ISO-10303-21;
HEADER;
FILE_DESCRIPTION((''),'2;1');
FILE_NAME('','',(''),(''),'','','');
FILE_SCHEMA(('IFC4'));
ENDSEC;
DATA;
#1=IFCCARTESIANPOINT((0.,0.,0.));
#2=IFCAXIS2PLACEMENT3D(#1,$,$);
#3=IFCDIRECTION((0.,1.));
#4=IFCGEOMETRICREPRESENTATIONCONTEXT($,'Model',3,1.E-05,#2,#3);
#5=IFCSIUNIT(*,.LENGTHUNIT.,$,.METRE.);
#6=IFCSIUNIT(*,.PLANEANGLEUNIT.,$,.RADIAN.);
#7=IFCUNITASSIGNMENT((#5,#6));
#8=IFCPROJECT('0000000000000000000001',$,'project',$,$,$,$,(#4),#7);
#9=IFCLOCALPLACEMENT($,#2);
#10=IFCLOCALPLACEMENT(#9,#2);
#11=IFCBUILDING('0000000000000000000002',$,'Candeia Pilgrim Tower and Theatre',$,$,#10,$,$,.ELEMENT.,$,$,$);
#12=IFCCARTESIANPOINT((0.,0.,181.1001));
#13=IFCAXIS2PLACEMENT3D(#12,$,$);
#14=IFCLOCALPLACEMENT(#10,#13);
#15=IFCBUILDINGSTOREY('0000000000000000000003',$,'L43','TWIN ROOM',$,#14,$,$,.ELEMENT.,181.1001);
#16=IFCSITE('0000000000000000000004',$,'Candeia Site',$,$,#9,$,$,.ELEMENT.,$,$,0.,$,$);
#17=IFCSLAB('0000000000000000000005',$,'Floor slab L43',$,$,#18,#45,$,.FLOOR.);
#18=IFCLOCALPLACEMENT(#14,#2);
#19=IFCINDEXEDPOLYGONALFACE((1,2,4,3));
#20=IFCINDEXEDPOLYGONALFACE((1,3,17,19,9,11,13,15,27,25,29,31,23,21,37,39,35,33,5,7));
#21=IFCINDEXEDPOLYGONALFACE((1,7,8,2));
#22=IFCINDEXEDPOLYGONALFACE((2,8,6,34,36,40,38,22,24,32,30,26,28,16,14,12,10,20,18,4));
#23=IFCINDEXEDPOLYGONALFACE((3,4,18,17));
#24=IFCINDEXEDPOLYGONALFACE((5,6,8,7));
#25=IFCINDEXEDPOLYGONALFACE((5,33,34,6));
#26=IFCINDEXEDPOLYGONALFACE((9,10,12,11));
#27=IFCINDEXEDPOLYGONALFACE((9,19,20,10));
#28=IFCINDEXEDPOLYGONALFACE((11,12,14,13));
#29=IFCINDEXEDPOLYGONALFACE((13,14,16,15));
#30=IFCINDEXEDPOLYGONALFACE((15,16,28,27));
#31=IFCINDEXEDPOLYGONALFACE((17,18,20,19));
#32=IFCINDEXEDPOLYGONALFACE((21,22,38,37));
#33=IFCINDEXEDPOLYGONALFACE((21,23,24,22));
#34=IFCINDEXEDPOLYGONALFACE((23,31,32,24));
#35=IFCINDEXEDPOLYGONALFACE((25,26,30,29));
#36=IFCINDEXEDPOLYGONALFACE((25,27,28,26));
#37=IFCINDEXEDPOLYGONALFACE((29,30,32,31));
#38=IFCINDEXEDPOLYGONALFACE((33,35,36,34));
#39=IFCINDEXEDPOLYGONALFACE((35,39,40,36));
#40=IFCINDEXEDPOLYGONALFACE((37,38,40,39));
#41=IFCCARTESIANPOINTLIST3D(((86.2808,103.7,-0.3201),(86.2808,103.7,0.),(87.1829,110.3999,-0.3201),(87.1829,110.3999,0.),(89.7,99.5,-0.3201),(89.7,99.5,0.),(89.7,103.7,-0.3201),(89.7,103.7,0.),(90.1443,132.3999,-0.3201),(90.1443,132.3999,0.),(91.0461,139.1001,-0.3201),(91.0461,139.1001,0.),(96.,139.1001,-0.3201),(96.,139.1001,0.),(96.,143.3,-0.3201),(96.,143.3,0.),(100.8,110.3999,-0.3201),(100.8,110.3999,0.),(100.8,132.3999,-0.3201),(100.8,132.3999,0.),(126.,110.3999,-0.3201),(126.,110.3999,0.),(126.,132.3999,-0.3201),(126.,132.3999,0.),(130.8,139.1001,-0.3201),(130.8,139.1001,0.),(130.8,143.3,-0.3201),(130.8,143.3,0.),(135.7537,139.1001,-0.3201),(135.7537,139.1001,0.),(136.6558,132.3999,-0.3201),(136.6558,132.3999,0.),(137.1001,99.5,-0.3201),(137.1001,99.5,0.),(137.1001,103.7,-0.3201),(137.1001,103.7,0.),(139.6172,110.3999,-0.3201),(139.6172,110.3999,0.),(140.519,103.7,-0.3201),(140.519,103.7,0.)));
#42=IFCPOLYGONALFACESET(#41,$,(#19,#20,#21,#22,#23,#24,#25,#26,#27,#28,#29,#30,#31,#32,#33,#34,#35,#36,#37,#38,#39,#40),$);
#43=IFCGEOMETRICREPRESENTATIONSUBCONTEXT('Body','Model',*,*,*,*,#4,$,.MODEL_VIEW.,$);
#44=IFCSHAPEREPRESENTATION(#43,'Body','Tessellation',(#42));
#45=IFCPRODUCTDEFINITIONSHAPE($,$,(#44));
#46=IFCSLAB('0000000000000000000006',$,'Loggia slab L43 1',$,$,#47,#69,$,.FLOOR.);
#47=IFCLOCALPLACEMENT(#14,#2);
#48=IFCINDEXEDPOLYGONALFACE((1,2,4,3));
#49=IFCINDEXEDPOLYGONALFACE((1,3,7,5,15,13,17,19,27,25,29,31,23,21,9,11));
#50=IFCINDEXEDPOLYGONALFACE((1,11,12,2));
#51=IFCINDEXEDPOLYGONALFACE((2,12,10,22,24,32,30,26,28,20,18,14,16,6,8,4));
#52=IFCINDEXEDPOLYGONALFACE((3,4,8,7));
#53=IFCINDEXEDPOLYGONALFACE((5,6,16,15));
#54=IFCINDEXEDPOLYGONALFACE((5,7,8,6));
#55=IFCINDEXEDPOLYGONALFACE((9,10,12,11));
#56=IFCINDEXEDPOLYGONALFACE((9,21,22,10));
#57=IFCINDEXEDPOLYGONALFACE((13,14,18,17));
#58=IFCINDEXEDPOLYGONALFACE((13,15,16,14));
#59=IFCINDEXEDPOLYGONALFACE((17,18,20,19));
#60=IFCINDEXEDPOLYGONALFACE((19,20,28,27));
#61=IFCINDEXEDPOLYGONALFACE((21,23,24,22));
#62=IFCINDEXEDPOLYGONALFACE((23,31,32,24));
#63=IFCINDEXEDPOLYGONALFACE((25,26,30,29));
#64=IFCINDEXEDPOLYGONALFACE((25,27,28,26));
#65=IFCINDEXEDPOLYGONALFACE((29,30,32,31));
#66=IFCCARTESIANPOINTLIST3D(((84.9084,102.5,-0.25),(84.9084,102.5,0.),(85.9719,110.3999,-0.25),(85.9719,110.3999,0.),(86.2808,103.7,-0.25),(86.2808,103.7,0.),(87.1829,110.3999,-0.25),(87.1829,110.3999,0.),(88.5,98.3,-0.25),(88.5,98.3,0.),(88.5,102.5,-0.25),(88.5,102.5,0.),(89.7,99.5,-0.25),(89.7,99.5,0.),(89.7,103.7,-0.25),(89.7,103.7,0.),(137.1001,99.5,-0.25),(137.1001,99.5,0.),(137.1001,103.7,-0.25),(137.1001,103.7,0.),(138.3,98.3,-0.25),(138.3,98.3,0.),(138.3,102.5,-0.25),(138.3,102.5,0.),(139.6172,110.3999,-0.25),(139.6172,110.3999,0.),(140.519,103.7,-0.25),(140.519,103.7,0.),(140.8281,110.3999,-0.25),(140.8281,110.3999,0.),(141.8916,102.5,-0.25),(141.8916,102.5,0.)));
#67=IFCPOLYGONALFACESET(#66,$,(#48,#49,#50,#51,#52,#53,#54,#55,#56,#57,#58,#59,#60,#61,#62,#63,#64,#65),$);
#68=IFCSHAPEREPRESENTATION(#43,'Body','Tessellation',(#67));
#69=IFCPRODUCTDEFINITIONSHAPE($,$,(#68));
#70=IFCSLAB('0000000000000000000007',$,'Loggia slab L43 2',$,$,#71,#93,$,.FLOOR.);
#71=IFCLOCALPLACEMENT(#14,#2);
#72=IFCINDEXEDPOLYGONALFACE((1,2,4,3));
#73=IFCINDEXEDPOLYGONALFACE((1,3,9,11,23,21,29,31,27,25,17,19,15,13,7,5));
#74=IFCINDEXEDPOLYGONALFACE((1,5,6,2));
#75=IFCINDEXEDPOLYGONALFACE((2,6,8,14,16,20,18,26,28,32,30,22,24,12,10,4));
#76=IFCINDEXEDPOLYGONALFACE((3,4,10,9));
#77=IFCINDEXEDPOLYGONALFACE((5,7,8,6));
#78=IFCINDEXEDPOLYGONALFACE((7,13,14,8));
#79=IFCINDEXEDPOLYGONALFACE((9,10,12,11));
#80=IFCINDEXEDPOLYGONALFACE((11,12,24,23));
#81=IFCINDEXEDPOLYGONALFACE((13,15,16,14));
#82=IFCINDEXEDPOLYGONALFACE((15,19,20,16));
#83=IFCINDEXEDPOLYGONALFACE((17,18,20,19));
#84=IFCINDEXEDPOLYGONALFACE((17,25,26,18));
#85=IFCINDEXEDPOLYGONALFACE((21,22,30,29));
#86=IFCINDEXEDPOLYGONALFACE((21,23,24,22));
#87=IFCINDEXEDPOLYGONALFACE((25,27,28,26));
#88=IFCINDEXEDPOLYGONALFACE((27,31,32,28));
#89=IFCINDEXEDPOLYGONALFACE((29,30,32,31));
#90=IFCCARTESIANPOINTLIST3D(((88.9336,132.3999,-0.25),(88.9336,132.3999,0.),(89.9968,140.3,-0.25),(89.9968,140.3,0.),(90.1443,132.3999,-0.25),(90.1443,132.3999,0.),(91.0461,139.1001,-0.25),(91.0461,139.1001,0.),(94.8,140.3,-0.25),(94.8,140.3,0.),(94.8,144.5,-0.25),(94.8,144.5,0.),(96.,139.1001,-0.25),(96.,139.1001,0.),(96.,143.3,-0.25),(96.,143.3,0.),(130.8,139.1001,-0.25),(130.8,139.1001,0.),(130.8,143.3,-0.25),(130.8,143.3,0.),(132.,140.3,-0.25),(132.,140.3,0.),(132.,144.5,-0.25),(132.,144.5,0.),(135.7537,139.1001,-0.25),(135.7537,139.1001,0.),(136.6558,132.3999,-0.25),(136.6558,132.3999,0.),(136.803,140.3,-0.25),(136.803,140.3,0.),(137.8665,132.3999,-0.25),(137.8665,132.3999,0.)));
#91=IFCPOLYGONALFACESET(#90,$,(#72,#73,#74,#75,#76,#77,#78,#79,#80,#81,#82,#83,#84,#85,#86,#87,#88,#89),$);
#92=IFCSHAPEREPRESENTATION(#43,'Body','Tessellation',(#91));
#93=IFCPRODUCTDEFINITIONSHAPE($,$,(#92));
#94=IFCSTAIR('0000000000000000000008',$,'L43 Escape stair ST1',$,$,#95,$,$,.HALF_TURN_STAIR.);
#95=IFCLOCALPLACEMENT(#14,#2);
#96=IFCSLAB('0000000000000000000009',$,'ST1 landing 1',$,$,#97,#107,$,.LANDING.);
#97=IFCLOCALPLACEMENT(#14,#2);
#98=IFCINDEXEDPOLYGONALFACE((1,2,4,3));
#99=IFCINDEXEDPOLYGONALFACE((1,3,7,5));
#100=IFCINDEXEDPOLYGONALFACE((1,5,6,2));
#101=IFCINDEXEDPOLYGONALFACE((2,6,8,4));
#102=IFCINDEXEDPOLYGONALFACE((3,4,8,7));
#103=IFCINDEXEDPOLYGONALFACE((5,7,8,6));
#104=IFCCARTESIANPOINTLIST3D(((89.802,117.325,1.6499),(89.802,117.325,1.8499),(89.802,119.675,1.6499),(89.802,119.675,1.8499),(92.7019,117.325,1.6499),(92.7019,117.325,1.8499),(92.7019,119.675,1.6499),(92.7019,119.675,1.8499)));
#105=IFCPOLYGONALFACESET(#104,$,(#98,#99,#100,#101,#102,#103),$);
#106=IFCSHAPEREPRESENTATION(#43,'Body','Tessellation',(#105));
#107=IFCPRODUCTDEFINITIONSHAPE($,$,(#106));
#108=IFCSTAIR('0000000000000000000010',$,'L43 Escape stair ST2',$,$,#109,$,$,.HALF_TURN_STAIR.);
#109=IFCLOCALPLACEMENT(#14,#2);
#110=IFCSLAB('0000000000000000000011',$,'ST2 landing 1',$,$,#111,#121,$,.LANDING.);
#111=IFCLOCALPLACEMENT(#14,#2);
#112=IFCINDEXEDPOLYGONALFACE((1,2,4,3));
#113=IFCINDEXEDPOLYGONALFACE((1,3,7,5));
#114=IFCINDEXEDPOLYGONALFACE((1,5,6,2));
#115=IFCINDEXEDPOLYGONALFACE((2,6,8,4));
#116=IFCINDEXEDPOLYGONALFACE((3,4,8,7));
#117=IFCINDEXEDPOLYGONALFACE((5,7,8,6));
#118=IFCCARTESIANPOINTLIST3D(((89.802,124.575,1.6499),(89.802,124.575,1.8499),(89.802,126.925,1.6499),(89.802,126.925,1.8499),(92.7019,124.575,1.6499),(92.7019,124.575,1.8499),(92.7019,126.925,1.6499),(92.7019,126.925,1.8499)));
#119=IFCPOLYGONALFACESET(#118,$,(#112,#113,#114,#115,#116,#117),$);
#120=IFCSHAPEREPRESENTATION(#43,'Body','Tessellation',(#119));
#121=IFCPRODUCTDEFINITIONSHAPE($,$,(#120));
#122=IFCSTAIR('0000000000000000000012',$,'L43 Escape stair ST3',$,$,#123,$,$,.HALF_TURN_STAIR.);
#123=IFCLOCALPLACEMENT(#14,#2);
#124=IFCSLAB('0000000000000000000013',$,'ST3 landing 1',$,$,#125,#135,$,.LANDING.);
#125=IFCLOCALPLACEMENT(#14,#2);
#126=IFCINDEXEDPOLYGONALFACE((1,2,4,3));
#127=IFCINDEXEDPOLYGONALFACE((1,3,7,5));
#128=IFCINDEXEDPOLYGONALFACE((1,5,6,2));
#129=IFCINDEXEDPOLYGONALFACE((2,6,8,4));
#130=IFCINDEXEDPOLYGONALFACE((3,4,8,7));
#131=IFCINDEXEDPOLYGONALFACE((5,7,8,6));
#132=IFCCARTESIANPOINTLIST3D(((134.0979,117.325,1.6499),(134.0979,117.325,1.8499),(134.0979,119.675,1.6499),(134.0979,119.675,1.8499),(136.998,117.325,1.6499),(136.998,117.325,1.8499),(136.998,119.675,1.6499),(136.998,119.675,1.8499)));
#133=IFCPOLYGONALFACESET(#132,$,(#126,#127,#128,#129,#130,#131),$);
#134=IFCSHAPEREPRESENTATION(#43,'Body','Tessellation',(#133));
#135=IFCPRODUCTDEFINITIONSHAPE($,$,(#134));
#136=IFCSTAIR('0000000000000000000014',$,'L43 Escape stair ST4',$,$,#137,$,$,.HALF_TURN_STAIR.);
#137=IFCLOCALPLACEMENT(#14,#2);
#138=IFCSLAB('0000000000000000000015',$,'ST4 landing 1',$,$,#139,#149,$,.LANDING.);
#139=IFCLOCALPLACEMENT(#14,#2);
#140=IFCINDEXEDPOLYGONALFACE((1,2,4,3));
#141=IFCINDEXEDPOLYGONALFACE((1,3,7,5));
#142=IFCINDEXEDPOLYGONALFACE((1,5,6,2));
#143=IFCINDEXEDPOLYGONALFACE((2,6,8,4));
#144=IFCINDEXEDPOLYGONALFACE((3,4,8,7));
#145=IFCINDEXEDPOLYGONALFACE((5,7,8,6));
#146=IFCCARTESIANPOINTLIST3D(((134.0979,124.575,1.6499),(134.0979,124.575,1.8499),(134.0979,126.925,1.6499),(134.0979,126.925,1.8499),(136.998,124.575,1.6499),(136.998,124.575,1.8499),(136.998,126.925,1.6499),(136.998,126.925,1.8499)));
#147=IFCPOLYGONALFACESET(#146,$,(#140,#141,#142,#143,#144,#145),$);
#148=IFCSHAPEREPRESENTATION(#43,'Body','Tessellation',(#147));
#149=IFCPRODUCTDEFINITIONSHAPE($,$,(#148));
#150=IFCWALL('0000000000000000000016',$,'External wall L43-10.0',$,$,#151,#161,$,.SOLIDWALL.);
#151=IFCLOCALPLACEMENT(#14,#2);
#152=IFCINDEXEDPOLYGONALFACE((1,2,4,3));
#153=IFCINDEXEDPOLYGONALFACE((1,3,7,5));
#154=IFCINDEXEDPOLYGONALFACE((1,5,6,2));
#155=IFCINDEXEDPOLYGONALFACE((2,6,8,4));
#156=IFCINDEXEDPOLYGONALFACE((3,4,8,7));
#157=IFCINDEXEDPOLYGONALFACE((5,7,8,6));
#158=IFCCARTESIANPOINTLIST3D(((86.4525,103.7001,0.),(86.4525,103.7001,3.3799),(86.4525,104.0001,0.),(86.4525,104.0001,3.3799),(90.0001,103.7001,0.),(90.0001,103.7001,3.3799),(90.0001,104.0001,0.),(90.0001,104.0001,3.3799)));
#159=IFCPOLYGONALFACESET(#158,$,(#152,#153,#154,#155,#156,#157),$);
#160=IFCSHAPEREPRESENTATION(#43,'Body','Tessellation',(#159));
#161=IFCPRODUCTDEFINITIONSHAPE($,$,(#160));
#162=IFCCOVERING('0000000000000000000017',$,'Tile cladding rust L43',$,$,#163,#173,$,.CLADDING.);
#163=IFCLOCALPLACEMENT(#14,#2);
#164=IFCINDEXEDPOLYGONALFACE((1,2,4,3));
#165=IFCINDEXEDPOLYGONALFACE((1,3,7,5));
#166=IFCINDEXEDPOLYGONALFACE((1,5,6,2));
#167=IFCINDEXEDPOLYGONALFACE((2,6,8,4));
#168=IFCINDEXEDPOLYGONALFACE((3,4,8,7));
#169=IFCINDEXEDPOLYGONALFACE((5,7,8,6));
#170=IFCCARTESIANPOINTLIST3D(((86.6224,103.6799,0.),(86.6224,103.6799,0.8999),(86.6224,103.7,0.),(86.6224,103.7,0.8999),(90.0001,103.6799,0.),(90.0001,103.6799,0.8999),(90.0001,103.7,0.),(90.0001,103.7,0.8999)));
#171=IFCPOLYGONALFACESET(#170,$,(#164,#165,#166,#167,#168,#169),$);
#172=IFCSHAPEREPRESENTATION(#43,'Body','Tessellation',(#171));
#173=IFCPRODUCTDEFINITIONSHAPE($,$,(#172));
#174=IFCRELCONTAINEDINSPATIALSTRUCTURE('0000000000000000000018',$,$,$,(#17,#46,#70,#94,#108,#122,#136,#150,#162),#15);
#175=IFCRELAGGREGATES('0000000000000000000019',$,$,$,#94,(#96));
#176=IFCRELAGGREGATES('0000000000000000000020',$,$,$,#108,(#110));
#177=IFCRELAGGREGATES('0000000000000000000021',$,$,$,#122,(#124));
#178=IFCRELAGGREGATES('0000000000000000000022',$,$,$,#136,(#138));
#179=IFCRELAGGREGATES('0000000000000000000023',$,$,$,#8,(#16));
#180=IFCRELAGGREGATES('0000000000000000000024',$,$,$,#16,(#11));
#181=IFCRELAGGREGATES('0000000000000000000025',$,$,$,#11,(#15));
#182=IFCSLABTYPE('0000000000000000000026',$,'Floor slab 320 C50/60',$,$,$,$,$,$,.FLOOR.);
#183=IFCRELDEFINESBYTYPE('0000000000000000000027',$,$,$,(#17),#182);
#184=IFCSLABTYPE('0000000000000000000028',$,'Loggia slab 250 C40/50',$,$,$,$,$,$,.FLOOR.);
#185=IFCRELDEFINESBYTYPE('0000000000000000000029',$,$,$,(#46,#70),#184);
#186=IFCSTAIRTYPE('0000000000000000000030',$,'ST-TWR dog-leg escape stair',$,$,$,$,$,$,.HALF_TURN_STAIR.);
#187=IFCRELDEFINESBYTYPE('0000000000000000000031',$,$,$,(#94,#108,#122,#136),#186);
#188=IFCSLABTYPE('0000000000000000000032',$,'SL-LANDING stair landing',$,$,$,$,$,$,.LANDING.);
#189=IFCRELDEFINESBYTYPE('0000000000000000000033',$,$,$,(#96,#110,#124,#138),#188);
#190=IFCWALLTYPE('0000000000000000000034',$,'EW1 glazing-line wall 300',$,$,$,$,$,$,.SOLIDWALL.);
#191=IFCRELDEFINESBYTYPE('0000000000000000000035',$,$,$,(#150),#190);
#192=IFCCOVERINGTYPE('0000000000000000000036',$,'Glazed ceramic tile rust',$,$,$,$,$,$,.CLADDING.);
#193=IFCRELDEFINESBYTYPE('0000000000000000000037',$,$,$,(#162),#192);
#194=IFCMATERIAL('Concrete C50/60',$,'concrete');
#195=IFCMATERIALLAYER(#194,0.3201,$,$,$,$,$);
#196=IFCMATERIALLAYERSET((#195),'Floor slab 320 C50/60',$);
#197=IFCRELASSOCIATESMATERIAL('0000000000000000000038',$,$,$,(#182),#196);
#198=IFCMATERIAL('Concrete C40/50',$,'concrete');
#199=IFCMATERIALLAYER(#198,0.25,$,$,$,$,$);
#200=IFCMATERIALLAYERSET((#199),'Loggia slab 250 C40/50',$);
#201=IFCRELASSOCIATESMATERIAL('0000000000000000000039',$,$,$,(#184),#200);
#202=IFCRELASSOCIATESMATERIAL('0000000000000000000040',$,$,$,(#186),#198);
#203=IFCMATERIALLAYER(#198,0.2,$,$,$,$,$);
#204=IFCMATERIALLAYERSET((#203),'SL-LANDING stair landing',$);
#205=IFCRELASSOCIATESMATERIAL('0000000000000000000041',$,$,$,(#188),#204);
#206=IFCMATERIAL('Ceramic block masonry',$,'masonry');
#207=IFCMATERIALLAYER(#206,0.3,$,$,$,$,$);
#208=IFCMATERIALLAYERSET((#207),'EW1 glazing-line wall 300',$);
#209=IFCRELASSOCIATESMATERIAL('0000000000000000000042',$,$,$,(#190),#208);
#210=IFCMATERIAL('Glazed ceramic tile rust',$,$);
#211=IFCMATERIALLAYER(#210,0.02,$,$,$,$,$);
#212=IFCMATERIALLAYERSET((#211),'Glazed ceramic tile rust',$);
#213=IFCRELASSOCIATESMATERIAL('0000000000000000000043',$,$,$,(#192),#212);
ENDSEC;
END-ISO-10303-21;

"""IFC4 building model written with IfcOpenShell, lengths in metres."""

from ifc_helpers import new_model, si_unit, direction, frame, frame_2d, origin, origin_2d, place, context, subcontext, project, spatial, polyline, rectangle, outline, extrude, material, layer, layer_set, type_object, element, aggregate, save


model = new_model("IFC4")

# Units and contexts
model_context = context("Model", 3, precision=1e-05, world=origin(), true_north=direction((0.0, 1.0)))
body_context = subcontext(model_context, "Body", "Model", "MODEL_VIEW")
ifc_project = project(units=[si_unit("LENGTHUNIT", "METRE"), si_unit("PLANEANGLEUNIT", "RADIAN")], contexts=[model_context])

# Site, building, storey
site_placement = place(None, origin())
site = spatial("IfcSite", under=ifc_project, at=site_placement, Name="Candeia Site", CompositionType="ELEMENT", RefElevation=0.0)
building_placement = place(site_placement, origin())
building = spatial("IfcBuilding", under=site, at=building_placement, Name="Candeia Pilgrim Tower and Theatre", CompositionType="ELEMENT")
storey_placement = place(building_placement, frame((0.0, 0.0, 181.1001)))
storey = spatial("IfcBuildingStorey", under=building, at=storey_placement, Name="L43", Description="TWIN ROOM", CompositionType="ELEMENT", Elevation=181.1001)

# Slabs
ifc_material_1 = material(Name="Concrete C40/50", Category="concrete")
ifc_material_2 = material(Name="Concrete C50/60", Category="concrete")
ifc_layer_1 = layer(ifc_material_2, 0.3201)
ifc_layer_set_1 = layer_set([ifc_layer_1], Name="Floor slab 320 C50/60")
slab_type_1 = type_object("IfcSlabType", Name="Floor slab 320 C50/60", PredefinedType="FLOOR", material=ifc_layer_set_1)
slab_1_placement = place(storey_placement, frame((0.0, 0.0, -0.3201)))
element("IfcSlab", 1, at=slab_1_placement, inside=storey, type_object=slab_type_1, Name="Floor slab L43", PredefinedType="FLOOR", context=body_context, shape_type="SweptSolid", body=[
    extrude(outline(polyline([(96.0, 139.1001), (96.0, 143.3), (130.8, 143.3), (130.8, 139.1001), (135.7537, 139.1001), (136.6558, 132.3999), (126.0, 132.3999), (126.0, 110.3999), (139.6172, 110.3999), (140.519, 103.7), (137.1001, 103.7), (137.1001, 99.5), (89.7, 99.5), (89.7, 103.7), (86.2808, 103.7), (87.1829, 110.3999), (100.8, 110.3999), (100.8, 132.3999), (90.1443, 132.3999), (91.0461, 139.1001), (96.0, 139.1001)])), origin(), (0.0, 0.0, 1.0), 0.3201),
])
ifc_layer_2 = layer(ifc_material_1, 0.25)
ifc_layer_set_2 = layer_set([ifc_layer_2], Name="Loggia slab 250 C40/50")
slab_type_2 = type_object("IfcSlabType", Name="Loggia slab 250 C40/50", PredefinedType="FLOOR", material=ifc_layer_set_2)
slab_2_placement = place(storey_placement, frame((0.0, 0.0, -0.25)))
element("IfcSlab", 2, at=slab_2_placement, inside=storey, type_object=slab_type_2, Name="Loggia slab L43 1", PredefinedType="FLOOR", context=body_context, shape_type="SweptSolid", body=[
    extrude(outline(polyline([(87.1829, 110.3999), (86.2808, 103.7), (89.7, 103.7), (89.7, 99.5), (137.1001, 99.5), (137.1001, 103.7), (140.519, 103.7), (139.6172, 110.3999), (140.8281, 110.3999), (141.8916, 102.5), (138.3, 102.5), (138.3, 98.3), (88.5, 98.3), (88.5, 102.5), (84.9084, 102.5), (85.9719, 110.3999), (87.1829, 110.3999)])), origin(), (0.0, 0.0, 1.0), 0.25),
])
slab_3_placement = place(storey_placement, frame((0.0, 0.0, -0.25)))
element("IfcSlab", 3, at=slab_3_placement, inside=storey, type_object=slab_type_2, Name="Loggia slab L43 2", PredefinedType="FLOOR", context=body_context, shape_type="SweptSolid", body=[
    extrude(outline(polyline([(136.6558, 132.3999), (135.7537, 139.1001), (130.8, 139.1001), (130.8, 143.3), (96.0, 143.3), (96.0, 139.1001), (91.0461, 139.1001), (90.1443, 132.3999), (88.9336, 132.3999), (89.9968, 140.3), (94.8, 140.3), (94.8, 144.5), (132.0, 144.5), (132.0, 140.3), (136.803, 140.3), (137.8665, 132.3999), (136.6558, 132.3999)])), origin(), (0.0, 0.0, 1.0), 0.25),
])

# Stairs, slabs
stair_type = type_object("IfcStairType", Name="ST-TWR dog-leg escape stair", PredefinedType="HALF_TURN_STAIR", material=ifc_material_1)
stair_1_placement = place(storey_placement, origin())
stair_1 = element("IfcStair", 4, at=stair_1_placement, inside=storey, type_object=stair_type, Name="L43 Escape stair ST1", PredefinedType="HALF_TURN_STAIR")
ifc_layer_3 = layer(ifc_material_1, 0.2)
ifc_layer_set_3 = layer_set([ifc_layer_3], Name="SL-LANDING stair landing")
slab_type_3 = type_object("IfcSlabType", Name="SL-LANDING stair landing", PredefinedType="LANDING", material=ifc_layer_set_3)
slab_4_placement = place(storey_placement, frame((0.0, 0.0, 1.6499)))
slab_4 = element("IfcSlab", 5, at=slab_4_placement, type_object=slab_type_3, Name="ST1 landing 1", PredefinedType="LANDING", context=body_context, shape_type="SweptSolid", body=[
    extrude(outline(polyline([(89.802, 119.675), (89.802, 117.325), (92.7019, 117.325), (92.7019, 119.675), (89.802, 119.675)])), origin(), (0.0, 0.0, 1.0), 0.2),
])
aggregate(stair_1, [slab_4])
stair_2_placement = place(storey_placement, origin())
stair_2 = element("IfcStair", 6, at=stair_2_placement, inside=storey, type_object=stair_type, Name="L43 Escape stair ST2", PredefinedType="HALF_TURN_STAIR")
slab_5_placement = place(storey_placement, frame((0.0, 0.0, 1.6499)))
slab_5 = element("IfcSlab", 7, at=slab_5_placement, type_object=slab_type_3, Name="ST2 landing 1", PredefinedType="LANDING", context=body_context, shape_type="SweptSolid", body=[
    extrude(outline(polyline([(89.802, 126.925), (89.802, 124.575), (92.7019, 124.575), (92.7019, 126.925), (89.802, 126.925)])), origin(), (0.0, 0.0, 1.0), 0.2),
])
aggregate(stair_2, [slab_5])
stair_3_placement = place(storey_placement, origin())
stair_3 = element("IfcStair", 8, at=stair_3_placement, inside=storey, type_object=stair_type, Name="L43 Escape stair ST3", PredefinedType="HALF_TURN_STAIR")
slab_6_placement = place(storey_placement, frame((0.0, 0.0, 1.6499)))
slab_6 = element("IfcSlab", 9, at=slab_6_placement, type_object=slab_type_3, Name="ST3 landing 1", PredefinedType="LANDING", context=body_context, shape_type="SweptSolid", body=[
    extrude(outline(polyline([(134.0979, 119.675), (134.0979, 117.325), (136.998, 117.325), (136.998, 119.675), (134.0979, 119.675)])), origin(), (0.0, 0.0, 1.0), 0.2),
])
aggregate(stair_3, [slab_6])
stair_4_placement = place(storey_placement, origin())
stair_4 = element("IfcStair", 10, at=stair_4_placement, inside=storey, type_object=stair_type, Name="L43 Escape stair ST4", PredefinedType="HALF_TURN_STAIR")
slab_7_placement = place(storey_placement, frame((0.0, 0.0, 1.6499)))
slab_7 = element("IfcSlab", 11, at=slab_7_placement, type_object=slab_type_3, Name="ST4 landing 1", PredefinedType="LANDING", context=body_context, shape_type="SweptSolid", body=[
    extrude(outline(polyline([(134.0979, 126.925), (134.0979, 124.575), (136.998, 124.575), (136.998, 126.925), (134.0979, 126.925)])), origin(), (0.0, 0.0, 1.0), 0.2),
])
aggregate(stair_4, [slab_7])

# Wall
ifc_material_3 = material(Name="Ceramic block masonry", Category="masonry")
ifc_layer_4 = layer(ifc_material_3, 0.3)
ifc_layer_set_4 = layer_set([ifc_layer_4], Name="EW1 glazing-line wall 300")
wall_type = type_object("IfcWallType", Name="EW1 glazing-line wall 300", PredefinedType="SOLIDWALL", material=ifc_layer_set_4)
wall_placement = place(storey_placement, frame((86.4524, 103.8501, 0.0), z_axis=(0.0, 0.0, 1.0), x_axis=(1.0, 0.0, 0.0)))
element("IfcWall", 12, at=wall_placement, inside=storey, type_object=wall_type, Name="External wall L43-10.0", PredefinedType="SOLIDWALL", context=body_context, shape_type="SweptSolid", body=[
    extrude(rectangle(XDim=3.5476, YDim=0.3, at=frame_2d((1.7739, 0.0))), origin(), (0.0, 0.0, 1.0), 3.3799),
])

# Covering
ifc_material_4 = material(Name="Glazed ceramic tile rust")
ifc_layer_5 = layer(ifc_material_4, 0.02)
ifc_layer_set_5 = layer_set([ifc_layer_5], Name="Glazed ceramic tile rust")
covering_type = type_object("IfcCoveringType", Name="Glazed ceramic tile rust", PredefinedType="CLADDING", material=ifc_layer_set_5)
covering_placement = place(storey_placement, frame((88.3113, 103.6899, 0.0), z_axis=(0.0, 0.0, 1.0), x_axis=(1.0, 0.0, 0.0)))
element("IfcCovering", 13, at=covering_placement, inside=storey, type_object=covering_type, Name="Tile cladding rust L43", PredefinedType="CLADDING", context=body_context, shape_type="SweptSolid", body=[
    extrude(rectangle(XDim=3.3777, YDim=0.02, at=origin_2d()), origin(), (0.0, 0.0, 1.0), 0.8999),
])

save(model, "model.ifc")
